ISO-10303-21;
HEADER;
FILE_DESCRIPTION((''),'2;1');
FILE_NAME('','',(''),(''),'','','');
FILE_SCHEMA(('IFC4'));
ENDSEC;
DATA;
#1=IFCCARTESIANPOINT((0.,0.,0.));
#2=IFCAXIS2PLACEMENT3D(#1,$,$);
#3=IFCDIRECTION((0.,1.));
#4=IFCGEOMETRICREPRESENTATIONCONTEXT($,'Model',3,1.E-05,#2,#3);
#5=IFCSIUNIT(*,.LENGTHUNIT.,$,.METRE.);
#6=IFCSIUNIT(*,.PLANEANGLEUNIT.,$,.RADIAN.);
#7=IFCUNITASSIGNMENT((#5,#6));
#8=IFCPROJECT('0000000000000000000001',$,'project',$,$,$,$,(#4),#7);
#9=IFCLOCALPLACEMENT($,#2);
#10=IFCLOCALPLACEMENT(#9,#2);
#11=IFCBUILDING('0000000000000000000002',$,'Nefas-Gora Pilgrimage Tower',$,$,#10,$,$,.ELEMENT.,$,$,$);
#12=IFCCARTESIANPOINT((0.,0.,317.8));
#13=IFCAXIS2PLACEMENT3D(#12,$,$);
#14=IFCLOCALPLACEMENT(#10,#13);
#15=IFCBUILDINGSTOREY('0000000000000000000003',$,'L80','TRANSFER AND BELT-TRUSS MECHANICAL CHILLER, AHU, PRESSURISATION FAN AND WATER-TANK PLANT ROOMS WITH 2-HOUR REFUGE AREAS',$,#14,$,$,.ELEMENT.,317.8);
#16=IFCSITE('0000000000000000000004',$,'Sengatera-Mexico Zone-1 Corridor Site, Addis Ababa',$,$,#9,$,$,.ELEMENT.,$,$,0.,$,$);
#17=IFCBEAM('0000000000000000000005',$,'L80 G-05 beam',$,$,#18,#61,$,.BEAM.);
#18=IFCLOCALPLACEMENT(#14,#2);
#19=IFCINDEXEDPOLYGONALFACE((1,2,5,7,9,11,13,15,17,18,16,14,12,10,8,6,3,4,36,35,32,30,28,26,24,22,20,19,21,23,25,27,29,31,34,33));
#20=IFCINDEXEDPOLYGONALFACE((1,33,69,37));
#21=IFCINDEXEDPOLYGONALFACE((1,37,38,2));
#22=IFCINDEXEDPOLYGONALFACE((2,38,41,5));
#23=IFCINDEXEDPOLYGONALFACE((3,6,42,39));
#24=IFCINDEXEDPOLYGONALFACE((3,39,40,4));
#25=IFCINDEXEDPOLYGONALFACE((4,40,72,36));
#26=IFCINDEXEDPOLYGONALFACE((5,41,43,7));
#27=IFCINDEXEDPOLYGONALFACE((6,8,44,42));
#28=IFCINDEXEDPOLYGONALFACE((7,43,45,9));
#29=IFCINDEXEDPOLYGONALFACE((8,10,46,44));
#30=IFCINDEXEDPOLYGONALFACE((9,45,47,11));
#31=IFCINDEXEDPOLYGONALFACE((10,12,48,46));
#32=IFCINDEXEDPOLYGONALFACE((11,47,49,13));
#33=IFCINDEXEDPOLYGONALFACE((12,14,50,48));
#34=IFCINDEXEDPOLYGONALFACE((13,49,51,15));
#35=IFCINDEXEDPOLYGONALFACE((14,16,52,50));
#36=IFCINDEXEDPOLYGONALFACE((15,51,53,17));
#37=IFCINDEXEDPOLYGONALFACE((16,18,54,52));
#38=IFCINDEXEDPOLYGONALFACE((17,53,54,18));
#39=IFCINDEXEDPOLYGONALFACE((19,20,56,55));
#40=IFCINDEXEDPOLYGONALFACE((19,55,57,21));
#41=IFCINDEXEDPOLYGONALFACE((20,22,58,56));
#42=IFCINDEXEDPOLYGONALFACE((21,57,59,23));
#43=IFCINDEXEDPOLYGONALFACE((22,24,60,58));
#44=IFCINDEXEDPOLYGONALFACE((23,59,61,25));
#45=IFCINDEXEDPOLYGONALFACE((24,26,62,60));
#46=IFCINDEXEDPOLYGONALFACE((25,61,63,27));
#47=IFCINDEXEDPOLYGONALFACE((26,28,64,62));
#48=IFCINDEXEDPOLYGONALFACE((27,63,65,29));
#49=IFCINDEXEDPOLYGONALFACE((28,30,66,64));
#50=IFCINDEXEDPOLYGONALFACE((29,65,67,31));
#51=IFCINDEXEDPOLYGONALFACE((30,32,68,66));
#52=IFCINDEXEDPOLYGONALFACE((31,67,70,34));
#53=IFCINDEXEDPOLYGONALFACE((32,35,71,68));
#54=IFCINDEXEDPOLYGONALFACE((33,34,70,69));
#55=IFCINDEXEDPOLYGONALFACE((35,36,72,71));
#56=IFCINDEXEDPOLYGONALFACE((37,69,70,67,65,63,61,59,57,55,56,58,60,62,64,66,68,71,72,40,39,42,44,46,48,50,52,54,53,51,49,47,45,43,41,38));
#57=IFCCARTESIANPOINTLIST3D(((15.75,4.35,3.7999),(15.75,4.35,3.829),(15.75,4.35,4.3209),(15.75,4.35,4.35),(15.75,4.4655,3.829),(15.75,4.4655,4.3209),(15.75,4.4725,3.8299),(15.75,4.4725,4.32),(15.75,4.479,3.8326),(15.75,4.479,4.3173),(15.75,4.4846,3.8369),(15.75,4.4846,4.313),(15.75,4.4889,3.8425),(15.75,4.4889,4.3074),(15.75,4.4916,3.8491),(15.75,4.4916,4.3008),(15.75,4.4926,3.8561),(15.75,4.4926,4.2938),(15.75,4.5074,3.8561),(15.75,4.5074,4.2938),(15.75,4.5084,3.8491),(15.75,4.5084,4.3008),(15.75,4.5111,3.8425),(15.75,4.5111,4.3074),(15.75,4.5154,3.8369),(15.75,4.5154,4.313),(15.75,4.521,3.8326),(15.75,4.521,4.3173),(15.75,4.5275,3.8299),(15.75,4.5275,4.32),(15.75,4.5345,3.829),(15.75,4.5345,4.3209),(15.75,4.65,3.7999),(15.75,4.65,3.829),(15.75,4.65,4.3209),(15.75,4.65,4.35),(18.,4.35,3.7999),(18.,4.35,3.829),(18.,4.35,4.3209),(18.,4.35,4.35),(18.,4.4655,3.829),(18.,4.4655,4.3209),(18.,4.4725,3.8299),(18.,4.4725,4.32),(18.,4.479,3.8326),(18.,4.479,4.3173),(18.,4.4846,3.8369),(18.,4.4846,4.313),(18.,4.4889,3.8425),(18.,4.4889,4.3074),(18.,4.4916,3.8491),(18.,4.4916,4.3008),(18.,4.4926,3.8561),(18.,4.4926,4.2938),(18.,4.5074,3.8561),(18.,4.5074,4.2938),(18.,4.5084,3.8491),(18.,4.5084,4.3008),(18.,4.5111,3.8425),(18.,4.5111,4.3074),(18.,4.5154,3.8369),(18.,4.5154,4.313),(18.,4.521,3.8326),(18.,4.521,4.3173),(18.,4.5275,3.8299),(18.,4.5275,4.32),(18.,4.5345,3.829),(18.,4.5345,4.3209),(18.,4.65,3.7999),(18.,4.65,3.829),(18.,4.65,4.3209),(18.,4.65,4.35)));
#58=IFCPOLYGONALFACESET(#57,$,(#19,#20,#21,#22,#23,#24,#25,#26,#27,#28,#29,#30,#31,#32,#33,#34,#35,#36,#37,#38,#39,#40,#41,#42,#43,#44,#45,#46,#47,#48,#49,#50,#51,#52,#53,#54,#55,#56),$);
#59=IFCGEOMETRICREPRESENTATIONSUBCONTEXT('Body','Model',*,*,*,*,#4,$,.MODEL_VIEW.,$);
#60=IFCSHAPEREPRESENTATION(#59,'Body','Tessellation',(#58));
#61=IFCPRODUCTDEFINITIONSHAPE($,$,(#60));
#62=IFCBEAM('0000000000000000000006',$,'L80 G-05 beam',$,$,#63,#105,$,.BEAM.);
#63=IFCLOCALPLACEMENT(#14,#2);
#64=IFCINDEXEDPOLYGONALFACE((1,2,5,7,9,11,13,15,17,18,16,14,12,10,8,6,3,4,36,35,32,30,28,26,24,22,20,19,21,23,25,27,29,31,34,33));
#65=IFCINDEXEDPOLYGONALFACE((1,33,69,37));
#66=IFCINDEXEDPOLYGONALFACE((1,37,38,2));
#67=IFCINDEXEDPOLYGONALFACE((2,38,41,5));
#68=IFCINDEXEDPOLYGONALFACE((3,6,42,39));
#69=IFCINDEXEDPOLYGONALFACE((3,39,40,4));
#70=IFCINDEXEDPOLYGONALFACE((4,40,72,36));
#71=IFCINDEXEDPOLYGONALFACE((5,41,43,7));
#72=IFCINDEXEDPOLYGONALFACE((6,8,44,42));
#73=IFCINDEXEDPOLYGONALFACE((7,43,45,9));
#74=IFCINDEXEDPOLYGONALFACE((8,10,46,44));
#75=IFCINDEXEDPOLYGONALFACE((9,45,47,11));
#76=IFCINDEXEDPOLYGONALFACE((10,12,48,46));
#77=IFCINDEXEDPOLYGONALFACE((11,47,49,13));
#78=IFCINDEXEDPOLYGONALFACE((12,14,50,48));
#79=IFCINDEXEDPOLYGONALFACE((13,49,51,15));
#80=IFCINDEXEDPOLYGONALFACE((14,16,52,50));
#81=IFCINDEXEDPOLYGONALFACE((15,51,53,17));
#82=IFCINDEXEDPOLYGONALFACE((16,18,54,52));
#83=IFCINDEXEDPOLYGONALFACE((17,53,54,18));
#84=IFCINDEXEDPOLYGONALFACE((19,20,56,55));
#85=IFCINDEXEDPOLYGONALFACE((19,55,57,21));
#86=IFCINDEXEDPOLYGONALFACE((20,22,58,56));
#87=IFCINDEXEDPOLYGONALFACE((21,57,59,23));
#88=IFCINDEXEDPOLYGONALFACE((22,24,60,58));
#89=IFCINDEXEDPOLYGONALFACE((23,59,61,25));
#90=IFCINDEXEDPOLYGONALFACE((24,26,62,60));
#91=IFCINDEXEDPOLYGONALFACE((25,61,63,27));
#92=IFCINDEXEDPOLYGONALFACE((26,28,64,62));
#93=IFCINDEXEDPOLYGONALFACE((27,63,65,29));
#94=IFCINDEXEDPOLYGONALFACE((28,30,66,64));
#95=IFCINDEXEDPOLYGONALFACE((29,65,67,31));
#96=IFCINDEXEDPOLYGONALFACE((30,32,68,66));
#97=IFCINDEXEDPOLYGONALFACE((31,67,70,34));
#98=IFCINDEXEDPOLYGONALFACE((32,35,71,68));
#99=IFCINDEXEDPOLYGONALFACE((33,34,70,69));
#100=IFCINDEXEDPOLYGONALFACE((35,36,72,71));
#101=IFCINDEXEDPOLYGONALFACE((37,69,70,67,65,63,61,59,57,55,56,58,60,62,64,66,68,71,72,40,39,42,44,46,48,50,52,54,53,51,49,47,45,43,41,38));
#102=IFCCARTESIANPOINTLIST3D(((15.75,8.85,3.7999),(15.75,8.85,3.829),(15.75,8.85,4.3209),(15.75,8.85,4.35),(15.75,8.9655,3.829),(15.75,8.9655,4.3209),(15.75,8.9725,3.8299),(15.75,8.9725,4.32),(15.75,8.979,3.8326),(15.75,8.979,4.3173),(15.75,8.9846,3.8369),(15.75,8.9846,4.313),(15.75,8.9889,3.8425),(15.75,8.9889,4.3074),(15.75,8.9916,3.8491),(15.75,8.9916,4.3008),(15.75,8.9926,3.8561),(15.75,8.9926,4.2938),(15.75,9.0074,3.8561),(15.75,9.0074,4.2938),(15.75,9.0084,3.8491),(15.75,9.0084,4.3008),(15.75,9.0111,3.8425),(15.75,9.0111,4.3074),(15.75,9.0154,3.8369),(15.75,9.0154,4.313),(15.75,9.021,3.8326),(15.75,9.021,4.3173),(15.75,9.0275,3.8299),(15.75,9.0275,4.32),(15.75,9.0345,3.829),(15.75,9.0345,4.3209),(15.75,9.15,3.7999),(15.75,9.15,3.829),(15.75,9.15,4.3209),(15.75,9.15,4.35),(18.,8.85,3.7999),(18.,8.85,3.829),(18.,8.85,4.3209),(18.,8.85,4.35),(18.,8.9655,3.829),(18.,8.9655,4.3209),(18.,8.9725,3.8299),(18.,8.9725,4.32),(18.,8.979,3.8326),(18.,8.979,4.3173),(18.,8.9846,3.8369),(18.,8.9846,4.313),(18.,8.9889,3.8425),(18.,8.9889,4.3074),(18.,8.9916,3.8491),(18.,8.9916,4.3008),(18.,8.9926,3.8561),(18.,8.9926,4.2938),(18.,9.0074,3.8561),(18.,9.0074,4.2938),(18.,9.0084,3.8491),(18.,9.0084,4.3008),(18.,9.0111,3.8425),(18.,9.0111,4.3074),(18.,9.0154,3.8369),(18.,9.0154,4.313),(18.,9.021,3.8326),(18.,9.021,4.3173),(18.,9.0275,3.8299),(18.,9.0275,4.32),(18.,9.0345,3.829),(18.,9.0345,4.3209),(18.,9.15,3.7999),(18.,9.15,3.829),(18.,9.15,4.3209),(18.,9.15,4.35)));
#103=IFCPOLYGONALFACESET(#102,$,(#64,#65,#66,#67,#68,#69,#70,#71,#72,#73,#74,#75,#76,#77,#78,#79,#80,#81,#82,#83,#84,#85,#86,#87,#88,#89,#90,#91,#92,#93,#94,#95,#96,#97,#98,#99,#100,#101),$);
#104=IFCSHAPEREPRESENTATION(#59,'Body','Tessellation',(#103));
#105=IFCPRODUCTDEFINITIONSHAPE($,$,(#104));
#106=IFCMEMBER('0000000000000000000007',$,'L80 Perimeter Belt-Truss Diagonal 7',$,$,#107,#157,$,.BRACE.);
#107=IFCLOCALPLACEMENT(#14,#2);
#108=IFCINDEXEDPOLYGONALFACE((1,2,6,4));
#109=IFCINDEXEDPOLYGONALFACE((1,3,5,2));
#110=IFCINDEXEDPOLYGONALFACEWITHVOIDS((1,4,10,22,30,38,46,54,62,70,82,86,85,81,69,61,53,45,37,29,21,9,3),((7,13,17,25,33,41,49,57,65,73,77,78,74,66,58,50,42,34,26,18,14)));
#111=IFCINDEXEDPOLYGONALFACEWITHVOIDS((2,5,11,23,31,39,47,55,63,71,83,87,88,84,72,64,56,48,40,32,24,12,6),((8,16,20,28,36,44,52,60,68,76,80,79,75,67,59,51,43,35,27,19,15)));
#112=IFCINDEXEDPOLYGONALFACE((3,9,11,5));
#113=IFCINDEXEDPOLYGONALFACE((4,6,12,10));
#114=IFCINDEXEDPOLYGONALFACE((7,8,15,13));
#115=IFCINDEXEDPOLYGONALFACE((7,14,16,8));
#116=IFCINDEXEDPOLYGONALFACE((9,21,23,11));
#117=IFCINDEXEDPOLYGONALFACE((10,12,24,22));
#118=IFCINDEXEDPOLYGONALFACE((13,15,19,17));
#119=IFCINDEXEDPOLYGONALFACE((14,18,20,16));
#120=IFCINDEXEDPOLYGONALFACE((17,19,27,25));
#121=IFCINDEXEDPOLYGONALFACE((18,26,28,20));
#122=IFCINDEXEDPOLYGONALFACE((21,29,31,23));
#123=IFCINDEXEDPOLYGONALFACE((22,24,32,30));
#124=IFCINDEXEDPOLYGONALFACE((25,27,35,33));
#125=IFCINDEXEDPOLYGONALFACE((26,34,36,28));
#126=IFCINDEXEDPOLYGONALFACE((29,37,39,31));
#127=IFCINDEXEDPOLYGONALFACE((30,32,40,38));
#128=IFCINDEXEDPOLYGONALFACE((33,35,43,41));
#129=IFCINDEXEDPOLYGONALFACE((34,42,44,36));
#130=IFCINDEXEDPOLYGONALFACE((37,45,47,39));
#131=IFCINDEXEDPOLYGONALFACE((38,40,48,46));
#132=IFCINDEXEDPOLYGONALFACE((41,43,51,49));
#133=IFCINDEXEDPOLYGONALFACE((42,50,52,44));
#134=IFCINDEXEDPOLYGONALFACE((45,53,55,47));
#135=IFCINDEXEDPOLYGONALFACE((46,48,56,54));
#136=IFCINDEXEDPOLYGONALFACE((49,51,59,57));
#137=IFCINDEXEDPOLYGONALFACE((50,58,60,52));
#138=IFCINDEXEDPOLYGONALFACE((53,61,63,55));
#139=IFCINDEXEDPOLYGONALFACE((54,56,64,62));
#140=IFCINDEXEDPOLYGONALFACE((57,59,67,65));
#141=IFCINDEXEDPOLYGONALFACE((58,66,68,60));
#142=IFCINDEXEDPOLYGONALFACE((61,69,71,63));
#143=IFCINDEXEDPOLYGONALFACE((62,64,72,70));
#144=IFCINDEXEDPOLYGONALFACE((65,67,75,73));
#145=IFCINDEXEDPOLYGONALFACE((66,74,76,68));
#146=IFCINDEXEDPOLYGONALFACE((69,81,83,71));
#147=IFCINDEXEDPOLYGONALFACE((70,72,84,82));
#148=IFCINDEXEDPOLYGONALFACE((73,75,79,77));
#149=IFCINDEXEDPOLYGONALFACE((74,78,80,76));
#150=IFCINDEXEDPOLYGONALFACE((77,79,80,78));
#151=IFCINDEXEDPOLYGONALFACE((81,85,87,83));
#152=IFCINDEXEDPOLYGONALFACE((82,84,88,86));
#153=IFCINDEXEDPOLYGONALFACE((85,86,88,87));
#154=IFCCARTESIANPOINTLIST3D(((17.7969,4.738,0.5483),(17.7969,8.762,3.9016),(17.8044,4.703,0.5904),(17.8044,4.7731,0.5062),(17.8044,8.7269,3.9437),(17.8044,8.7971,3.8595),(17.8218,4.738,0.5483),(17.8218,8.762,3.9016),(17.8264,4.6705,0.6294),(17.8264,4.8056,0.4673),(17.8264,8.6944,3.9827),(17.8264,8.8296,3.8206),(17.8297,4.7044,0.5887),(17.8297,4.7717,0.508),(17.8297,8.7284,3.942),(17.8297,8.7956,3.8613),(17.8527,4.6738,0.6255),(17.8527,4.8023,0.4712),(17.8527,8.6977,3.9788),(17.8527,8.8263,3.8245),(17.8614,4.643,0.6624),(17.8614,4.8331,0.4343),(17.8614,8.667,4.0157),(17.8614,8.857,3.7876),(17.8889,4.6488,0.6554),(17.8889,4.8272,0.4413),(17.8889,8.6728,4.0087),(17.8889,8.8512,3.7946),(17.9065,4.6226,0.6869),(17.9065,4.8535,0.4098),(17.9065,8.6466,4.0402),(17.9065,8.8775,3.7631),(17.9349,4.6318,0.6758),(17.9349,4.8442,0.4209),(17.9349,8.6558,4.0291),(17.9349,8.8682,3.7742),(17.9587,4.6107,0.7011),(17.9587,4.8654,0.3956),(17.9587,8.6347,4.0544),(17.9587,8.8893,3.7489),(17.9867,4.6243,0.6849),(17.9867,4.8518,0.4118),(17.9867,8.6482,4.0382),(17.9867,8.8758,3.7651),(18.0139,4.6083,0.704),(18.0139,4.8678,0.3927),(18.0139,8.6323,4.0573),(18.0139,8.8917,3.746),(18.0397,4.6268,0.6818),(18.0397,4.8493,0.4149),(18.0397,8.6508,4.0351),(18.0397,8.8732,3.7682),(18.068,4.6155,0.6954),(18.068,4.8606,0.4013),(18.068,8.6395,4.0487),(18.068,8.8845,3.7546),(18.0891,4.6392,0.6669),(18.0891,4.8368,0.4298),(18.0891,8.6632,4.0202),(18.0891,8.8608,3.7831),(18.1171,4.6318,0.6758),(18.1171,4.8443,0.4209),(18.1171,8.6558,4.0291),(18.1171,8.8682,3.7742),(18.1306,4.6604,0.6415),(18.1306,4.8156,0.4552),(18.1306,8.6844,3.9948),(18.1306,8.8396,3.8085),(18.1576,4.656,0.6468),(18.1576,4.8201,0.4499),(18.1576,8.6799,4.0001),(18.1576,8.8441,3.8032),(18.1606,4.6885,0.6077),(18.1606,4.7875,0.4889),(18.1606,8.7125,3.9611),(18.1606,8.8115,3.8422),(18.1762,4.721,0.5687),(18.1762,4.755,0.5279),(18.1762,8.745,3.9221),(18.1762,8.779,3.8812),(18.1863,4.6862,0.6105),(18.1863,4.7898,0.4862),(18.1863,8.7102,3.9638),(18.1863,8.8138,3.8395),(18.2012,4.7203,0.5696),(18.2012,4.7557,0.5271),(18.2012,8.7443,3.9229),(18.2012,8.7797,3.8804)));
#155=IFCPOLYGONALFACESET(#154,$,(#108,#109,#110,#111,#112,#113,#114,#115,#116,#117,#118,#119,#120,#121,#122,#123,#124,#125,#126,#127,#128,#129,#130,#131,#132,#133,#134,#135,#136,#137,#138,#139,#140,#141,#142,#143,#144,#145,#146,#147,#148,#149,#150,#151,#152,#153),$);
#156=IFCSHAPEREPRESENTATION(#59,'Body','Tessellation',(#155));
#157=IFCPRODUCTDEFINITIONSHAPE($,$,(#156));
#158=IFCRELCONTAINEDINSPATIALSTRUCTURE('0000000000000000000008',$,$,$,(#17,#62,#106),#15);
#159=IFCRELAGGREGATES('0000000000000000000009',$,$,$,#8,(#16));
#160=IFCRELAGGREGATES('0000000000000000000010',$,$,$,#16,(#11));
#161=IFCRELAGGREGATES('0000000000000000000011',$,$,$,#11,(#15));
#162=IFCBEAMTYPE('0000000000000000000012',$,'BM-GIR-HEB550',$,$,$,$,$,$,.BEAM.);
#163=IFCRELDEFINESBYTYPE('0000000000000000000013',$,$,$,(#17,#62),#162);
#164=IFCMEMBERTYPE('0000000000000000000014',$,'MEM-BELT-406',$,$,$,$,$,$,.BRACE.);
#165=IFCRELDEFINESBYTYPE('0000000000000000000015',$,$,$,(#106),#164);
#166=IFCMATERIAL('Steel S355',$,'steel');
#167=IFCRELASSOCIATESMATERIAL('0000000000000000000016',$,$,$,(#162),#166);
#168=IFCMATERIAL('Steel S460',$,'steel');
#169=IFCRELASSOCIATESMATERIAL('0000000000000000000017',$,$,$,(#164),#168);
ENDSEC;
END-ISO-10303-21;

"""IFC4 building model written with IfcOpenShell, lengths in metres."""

from ifc_helpers import new_model, si_unit, direction, frame, origin, origin_2d, place, context, subcontext, project, spatial, hollow_circle, i_section, extrude, source, transform, mapped, material, material_profile, profile_set, type_object, element, save


model = new_model("IFC4")

# Units and contexts
model_context = context("Model", 3, precision=1e-05, world=origin(), true_north=direction((0.0, 1.0)))
body_context = subcontext(model_context, "Body", "Model", "MODEL_VIEW")
ifc_project = project(units=[si_unit("LENGTHUNIT", "METRE"), si_unit("PLANEANGLEUNIT", "RADIAN")], contexts=[model_context])

# Site, building, storey
site_placement = place(None, origin())
site = spatial("IfcSite", under=ifc_project, at=site_placement, Name="Sengatera-Mexico Zone-1 Corridor Site, Addis Ababa", CompositionType="ELEMENT", RefElevation=0.0)
building_placement = place(site_placement, origin())
building = spatial("IfcBuilding", under=site, at=building_placement, Name="Nefas-Gora Pilgrimage Tower", CompositionType="ELEMENT")
storey_placement = place(building_placement, frame((0.0, 0.0, 317.8)))
storey = spatial("IfcBuildingStorey", under=building, at=storey_placement, Name="L80", Description="TRANSFER AND BELT-TRUSS MECHANICAL CHILLER, AHU, PRESSURISATION FAN AND WATER-TANK PLANT ROOMS WITH 2-HOUR REFUGE AREAS", CompositionType="ELEMENT", Elevation=317.8)

# Shared definitions
ifc_material_1 = material(Name="Steel S355", Category="steel")

# Beams
ifc_material_profile_1 = material_profile(ifc_material_1, i_section(OverallWidth=0.3, OverallDepth=0.55, WebThickness=0.0149, FlangeThickness=0.0291, FilletRadius=0.0271, at=origin_2d()), Name="HEB 550")
ifc_profile_set_1 = profile_set([ifc_material_profile_1], Name="Steel S355")
beam_type_1 = type_object("IfcBeamType", Name="BM-GIR-HEB550", PredefinedType="BEAM", material=ifc_profile_set_1)
shared_shape_1 = source(origin(), body_context, "Body", "SweptSolid", [
    extrude(i_section(OverallWidth=0.3, OverallDepth=0.55, WebThickness=0.0149, FlangeThickness=0.0291, FilletRadius=0.0271, at=origin_2d()), origin(), (0.0, 0.0, 1.0), 2.25),
])
for number, where, z_axis, x_axis, name in (
    (1, (15.75, 4.5, 4.075), (1.0, 0.0, 0.0), (0.0, 1.0, 0.0), "L80 G-05 beam"),
    (2, (15.75, 9.0, 4.075), (1.0, 0.0, 0.0), (0.0, 1.0, 0.0), "L80 G-05 beam"),
):
    element("IfcBeam", number, at=place(storey_placement, frame(where, z_axis=z_axis, x_axis=x_axis)), inside=storey, type_object=beam_type_1, Name=name, PredefinedType="BEAM", context=body_context, shape_type="MappedRepresentation", body=[
        mapped(shared_shape_1, transform((0.0, 0.0, 0.0), x_axis=(1.0, 0.0, 0.0), y_axis=(0.0, 1.0, 0.0), z_axis=(0.0, 0.0, 1.0), scale=1.0)),
    ])

# Member
ifc_material_2 = material(Name="Steel S460", Category="steel")
ifc_material_profile_2 = material_profile(ifc_material_2, hollow_circle(Radius=0.2031, WallThickness=0.0249, at=origin_2d()), Name="CHS 406.4x25")
ifc_profile_set_2 = profile_set([ifc_material_profile_2], Name="Steel S460")
member_type_1 = type_object("IfcMemberType", Name="MEM-BELT-406", PredefinedType="BRACE", material=ifc_profile_set_2)
shared_shape_2 = source(origin(), body_context, "Body", "SweptSolid", [
    extrude(hollow_circle(Radius=0.2031, WallThickness=0.0249, at=origin_2d()), origin(), (0.0, 0.0, 1.0), 5.238),
])
for number, where, z_axis, x_axis, name in (
    (3, (18.0, 4.738, 0.5483), (0.0, 0.768221, 0.640184), (-1.0, 0.0, 0.0), "L80 Perimeter Belt-Truss Diagonal 7"),
):
    element("IfcMember", number, at=place(storey_placement, frame(where, z_axis=z_axis, x_axis=x_axis)), inside=storey, type_object=member_type_1, Name=name, PredefinedType="BRACE", context=body_context, shape_type="MappedRepresentation", body=[
        mapped(shared_shape_2, transform((0.0, 0.0, 0.0), x_axis=(1.0, 0.0, 0.0), y_axis=(0.0, 1.0, 0.0), z_axis=(0.0, 0.0, 1.0), scale=1.0)),
    ])

save(model, "model.ifc")
